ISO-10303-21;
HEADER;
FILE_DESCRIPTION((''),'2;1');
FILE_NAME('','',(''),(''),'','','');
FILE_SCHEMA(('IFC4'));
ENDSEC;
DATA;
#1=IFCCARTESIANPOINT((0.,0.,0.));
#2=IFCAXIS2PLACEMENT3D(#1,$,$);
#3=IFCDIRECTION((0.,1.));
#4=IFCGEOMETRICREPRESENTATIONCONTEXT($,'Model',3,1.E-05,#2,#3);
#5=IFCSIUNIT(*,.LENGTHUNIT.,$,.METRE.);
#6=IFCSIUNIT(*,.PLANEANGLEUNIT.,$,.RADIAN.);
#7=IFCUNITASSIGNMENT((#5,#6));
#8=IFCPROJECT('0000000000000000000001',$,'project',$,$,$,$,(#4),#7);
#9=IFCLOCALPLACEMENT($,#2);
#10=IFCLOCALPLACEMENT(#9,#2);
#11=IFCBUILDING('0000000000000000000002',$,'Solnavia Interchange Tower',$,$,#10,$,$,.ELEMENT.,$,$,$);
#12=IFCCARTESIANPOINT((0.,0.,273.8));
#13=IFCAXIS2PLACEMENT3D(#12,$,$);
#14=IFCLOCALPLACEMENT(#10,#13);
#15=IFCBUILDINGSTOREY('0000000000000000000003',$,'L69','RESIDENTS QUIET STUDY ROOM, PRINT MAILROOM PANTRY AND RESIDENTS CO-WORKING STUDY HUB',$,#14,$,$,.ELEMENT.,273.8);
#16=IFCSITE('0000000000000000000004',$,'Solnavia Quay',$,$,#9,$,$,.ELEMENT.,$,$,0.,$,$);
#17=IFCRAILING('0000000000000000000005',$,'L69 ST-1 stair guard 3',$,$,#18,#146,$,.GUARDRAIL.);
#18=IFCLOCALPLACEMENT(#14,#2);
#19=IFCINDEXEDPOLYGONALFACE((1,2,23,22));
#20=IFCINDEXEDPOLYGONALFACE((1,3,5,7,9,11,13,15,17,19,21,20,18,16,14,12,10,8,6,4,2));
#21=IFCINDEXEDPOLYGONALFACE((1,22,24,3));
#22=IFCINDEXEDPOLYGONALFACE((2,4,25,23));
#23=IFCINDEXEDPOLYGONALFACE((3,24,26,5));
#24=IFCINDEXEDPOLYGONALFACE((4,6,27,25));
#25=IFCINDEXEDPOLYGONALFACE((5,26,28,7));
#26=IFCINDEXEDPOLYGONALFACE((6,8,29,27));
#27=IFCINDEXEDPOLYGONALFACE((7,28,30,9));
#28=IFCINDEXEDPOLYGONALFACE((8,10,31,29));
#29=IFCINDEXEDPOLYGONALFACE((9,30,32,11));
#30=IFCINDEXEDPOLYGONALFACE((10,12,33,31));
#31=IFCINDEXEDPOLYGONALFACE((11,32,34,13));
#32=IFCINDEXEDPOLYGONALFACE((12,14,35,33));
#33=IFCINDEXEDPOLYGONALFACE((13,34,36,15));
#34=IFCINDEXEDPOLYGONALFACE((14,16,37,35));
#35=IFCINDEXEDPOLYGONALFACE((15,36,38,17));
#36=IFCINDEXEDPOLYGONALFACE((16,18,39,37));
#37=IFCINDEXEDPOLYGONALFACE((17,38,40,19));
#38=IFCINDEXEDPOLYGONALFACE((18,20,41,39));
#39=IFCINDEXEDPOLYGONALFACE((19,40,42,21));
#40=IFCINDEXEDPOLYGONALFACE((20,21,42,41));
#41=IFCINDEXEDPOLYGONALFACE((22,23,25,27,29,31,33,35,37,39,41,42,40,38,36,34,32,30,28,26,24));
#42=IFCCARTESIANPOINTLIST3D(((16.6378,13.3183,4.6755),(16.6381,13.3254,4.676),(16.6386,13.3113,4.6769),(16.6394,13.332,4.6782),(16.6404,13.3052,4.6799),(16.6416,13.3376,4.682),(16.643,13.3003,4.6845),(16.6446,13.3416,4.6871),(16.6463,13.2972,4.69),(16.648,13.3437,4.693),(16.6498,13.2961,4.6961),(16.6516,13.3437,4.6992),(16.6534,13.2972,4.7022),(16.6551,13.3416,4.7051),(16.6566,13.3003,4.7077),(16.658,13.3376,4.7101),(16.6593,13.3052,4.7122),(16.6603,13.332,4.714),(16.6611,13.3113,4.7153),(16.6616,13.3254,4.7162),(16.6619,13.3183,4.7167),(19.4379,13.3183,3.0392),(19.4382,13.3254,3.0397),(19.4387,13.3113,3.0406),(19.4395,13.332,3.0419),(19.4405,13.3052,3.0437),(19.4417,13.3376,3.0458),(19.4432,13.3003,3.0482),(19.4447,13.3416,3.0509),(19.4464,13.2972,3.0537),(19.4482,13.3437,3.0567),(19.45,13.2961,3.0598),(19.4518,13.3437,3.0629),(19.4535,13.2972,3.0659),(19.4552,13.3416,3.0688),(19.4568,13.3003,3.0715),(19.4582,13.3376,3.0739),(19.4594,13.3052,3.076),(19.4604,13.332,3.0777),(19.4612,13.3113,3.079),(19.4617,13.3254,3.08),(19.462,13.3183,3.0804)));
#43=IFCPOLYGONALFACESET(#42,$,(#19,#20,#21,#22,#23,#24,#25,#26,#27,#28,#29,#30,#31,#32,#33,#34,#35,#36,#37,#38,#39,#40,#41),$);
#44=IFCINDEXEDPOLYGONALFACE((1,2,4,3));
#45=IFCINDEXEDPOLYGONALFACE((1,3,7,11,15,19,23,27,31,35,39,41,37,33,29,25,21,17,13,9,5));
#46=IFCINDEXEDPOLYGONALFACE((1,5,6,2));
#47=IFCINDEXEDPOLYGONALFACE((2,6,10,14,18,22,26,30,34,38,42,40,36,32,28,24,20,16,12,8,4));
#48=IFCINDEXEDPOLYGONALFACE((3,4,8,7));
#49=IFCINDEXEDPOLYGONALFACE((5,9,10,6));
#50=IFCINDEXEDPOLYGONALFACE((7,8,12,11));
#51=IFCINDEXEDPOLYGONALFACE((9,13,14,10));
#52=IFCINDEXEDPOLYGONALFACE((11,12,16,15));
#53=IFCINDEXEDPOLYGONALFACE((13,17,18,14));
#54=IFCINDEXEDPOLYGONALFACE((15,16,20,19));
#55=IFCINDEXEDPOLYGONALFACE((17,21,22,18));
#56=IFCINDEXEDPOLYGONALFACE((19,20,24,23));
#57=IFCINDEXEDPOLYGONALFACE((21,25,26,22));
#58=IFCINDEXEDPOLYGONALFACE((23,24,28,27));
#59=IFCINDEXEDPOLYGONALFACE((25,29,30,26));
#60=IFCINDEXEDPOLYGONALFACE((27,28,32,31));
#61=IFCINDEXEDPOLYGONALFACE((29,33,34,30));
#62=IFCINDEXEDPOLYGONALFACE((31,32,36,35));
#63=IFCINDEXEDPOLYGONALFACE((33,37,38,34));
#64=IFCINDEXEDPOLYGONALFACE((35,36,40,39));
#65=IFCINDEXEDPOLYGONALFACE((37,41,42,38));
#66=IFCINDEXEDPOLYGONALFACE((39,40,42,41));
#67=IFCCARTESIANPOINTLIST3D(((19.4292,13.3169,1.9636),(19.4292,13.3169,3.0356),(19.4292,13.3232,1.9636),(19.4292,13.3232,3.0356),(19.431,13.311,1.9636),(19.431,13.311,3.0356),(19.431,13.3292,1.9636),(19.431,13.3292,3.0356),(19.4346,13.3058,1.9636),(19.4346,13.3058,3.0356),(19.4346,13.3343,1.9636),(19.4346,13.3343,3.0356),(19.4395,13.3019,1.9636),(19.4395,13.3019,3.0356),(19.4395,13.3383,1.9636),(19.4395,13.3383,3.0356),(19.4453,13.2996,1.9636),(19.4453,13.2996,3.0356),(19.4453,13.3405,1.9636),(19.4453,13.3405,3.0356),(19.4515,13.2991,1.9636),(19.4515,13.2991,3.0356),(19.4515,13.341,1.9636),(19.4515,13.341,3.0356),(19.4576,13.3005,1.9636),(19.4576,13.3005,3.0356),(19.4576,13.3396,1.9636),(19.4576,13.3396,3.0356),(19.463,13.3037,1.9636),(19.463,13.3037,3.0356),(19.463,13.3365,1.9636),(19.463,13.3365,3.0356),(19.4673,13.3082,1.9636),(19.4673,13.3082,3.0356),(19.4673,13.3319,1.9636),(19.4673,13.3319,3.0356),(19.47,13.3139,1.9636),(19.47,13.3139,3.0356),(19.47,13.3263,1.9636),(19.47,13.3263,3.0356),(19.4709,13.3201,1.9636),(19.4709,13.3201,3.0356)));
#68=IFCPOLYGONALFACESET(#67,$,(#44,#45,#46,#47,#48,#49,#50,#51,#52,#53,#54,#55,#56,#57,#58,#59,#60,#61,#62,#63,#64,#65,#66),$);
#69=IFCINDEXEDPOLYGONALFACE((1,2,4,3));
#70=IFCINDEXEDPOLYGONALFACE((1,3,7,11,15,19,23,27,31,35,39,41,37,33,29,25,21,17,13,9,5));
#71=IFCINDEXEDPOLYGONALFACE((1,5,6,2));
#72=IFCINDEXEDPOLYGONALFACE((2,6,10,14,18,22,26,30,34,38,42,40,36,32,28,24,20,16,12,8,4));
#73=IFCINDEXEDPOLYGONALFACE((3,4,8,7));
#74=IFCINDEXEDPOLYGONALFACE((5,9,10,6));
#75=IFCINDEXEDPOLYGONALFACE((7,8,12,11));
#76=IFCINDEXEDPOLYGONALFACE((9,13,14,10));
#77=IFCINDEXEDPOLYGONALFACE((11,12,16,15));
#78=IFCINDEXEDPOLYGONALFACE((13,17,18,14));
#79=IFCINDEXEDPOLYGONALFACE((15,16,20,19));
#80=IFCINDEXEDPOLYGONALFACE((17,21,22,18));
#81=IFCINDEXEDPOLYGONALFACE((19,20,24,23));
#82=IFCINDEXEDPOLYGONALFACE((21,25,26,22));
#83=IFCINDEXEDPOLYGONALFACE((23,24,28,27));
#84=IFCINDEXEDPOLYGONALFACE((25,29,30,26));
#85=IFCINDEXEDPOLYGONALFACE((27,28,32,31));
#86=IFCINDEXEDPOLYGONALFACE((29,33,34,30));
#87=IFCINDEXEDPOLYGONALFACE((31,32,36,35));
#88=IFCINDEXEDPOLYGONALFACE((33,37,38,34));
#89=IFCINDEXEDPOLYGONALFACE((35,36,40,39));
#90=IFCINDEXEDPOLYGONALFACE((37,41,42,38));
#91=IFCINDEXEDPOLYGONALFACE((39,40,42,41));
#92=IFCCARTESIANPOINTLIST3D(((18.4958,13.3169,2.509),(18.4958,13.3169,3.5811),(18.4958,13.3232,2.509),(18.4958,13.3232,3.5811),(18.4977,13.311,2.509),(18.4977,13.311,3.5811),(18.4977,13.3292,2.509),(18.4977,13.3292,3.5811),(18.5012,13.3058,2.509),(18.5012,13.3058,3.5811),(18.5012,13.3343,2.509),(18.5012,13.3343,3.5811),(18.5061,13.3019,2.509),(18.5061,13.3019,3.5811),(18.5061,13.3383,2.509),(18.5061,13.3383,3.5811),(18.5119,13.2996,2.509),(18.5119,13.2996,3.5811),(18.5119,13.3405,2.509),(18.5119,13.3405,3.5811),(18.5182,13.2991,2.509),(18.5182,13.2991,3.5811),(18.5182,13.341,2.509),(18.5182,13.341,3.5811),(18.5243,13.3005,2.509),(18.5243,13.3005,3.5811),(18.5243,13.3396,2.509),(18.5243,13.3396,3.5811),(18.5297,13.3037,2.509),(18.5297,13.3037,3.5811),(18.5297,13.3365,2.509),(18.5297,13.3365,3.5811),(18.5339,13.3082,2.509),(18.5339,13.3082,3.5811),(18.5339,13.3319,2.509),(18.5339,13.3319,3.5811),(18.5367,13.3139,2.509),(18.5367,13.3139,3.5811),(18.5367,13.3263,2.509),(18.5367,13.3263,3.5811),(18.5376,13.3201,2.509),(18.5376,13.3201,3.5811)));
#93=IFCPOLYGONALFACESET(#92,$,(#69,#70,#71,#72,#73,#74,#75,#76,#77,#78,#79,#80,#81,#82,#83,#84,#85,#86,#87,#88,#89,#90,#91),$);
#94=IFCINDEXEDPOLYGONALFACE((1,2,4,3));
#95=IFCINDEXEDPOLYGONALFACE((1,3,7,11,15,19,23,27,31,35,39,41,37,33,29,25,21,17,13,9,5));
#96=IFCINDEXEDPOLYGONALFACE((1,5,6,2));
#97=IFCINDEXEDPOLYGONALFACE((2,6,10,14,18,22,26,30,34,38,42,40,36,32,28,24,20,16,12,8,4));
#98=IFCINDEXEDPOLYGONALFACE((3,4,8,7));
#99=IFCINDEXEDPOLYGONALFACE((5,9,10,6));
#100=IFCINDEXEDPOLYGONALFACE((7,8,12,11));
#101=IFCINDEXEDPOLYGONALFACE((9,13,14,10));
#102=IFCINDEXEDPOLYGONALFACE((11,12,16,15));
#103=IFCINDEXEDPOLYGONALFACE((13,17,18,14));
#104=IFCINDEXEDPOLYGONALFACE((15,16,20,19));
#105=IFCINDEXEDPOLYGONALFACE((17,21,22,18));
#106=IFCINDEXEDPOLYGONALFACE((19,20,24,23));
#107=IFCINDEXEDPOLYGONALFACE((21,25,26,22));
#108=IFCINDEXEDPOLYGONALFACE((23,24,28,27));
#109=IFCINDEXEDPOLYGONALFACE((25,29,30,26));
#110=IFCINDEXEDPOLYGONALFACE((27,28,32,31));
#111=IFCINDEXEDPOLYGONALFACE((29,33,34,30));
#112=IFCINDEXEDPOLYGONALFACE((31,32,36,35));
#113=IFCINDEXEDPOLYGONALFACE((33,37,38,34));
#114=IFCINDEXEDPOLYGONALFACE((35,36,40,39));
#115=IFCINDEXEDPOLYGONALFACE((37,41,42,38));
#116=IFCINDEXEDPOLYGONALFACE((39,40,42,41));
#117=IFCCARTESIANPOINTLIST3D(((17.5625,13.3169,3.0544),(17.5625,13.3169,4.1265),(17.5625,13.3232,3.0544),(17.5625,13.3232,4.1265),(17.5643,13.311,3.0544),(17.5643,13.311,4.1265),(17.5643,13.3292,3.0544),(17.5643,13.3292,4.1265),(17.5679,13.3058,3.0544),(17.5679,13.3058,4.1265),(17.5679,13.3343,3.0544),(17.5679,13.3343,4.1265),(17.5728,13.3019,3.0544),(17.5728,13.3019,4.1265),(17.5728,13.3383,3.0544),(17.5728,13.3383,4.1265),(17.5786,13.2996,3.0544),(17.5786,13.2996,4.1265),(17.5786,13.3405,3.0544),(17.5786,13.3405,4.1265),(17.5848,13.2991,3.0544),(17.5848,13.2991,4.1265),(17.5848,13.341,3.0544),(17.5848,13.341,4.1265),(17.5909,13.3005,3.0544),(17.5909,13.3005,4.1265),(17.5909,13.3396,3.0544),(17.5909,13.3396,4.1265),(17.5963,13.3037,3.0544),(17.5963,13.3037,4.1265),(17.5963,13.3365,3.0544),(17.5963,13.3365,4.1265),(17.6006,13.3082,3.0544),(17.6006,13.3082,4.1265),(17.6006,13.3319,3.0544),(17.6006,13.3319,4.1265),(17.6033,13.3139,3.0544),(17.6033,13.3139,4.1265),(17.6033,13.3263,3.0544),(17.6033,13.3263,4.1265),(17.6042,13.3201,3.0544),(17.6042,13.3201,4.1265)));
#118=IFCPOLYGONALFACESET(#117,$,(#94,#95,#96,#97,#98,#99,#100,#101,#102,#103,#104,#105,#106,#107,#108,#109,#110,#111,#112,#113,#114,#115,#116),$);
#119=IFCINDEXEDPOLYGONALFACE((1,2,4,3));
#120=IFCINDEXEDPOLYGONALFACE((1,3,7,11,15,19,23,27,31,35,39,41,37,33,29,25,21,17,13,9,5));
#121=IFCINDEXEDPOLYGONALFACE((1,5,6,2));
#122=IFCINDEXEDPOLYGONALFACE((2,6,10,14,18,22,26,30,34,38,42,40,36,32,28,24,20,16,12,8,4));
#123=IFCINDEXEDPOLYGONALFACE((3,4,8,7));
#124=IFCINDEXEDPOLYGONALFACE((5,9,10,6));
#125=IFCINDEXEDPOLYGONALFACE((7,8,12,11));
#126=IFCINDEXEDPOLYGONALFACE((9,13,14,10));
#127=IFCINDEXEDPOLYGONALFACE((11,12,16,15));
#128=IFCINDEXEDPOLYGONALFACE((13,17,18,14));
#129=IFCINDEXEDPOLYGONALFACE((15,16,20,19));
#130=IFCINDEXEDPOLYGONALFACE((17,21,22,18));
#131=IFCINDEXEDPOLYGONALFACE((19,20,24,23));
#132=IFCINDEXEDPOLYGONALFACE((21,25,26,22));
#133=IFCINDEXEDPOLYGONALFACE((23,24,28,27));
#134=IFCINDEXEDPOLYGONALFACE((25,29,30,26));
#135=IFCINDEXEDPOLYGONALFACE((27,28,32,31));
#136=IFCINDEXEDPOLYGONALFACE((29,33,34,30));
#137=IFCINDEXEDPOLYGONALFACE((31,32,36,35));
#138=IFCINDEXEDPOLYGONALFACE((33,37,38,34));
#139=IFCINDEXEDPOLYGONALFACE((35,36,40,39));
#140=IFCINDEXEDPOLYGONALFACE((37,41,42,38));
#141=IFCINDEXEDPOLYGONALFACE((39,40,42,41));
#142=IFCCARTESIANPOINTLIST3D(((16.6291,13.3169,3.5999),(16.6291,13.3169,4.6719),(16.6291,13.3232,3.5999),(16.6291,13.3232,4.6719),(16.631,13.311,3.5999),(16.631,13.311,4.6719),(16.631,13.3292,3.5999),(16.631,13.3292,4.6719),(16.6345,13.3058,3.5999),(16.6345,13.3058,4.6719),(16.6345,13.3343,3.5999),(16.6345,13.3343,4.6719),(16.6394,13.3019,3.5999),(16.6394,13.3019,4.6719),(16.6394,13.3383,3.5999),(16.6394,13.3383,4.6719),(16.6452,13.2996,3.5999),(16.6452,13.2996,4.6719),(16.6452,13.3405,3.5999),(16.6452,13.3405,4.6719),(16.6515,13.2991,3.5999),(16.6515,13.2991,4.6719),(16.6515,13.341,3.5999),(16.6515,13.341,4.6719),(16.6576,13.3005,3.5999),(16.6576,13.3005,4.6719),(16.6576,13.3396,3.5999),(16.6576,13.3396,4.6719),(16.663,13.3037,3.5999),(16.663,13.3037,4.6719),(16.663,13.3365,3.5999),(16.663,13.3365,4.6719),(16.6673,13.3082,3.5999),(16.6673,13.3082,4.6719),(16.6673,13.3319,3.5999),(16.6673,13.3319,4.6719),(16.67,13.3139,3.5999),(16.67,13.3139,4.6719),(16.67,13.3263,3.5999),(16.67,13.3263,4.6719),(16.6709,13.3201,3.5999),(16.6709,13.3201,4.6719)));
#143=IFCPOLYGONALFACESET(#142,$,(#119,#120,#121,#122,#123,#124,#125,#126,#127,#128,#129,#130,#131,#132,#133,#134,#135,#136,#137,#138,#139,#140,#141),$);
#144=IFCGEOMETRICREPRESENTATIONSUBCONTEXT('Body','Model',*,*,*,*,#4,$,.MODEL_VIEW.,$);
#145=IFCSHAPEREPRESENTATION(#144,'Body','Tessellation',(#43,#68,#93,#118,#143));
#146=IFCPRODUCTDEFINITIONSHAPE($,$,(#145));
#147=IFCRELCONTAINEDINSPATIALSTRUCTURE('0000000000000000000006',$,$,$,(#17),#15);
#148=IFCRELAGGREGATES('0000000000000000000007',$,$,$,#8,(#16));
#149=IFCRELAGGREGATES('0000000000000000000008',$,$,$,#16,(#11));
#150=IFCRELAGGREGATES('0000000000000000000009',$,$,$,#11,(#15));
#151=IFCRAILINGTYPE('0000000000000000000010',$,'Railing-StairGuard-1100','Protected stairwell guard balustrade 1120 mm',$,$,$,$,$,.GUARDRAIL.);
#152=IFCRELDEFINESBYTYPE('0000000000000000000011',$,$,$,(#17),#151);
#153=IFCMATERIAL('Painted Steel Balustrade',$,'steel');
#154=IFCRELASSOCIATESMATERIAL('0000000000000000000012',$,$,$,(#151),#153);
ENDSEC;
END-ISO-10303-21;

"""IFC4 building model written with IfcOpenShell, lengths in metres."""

from ifc_helpers import new_model, si_unit, direction, frame, origin, origin_2d, place, context, subcontext, project, spatial, circle, extrude, material, type_object, element, save


model = new_model("IFC4")

# Units and contexts
model_context = context("Model", 3, precision=1e-05, world=origin(), true_north=direction((0.0, 1.0)))
body_context = subcontext(model_context, "Body", "Model", "MODEL_VIEW")
ifc_project = project(units=[si_unit("LENGTHUNIT", "METRE"), si_unit("PLANEANGLEUNIT", "RADIAN")], contexts=[model_context])

# Site, building, storey
site_placement = place(None, origin())
site = spatial("IfcSite", under=ifc_project, at=site_placement, Name="Solnavia Quay", CompositionType="ELEMENT", RefElevation=0.0)
building_placement = place(site_placement, origin())
building = spatial("IfcBuilding", under=site, at=building_placement, Name="Solnavia Interchange Tower", CompositionType="ELEMENT")
storey_placement = place(building_placement, frame((0.0, 0.0, 273.8)))
storey = spatial("IfcBuildingStorey", under=building, at=storey_placement, Name="L69", Description="RESIDENTS QUIET STUDY ROOM, PRINT MAILROOM PANTRY AND RESIDENTS CO-WORKING STUDY HUB", CompositionType="ELEMENT", Elevation=273.8)

# Railing
ifc_material_1 = material(Name="Painted Steel Balustrade", Category="steel")
railing_type_1 = type_object("IfcRailingType", Name="Railing-StairGuard-1100", Description="Protected stairwell guard balustrade 1120 mm", PredefinedType="GUARDRAIL", material=ifc_material_1)
railing_1_placement = place(storey_placement, frame((19.45, 13.3201, 1.9636)))
element("IfcRailing", 1, at=railing_1_placement, inside=storey, type_object=railing_type_1, Name="L69 ST-1 stair guard 3", PredefinedType="GUARDRAIL", context=body_context, shape_type="SweptSolid", body=[
    extrude(circle(Radius=0.0239, at=origin_2d()), frame((0.0, 0.0, 1.0962), z_axis=(-0.863394, 0.0, 0.504531), x_axis=(0.0, -1.0, 0.0)), (0.0, 0.0, 1.0), 3.2432),
    extrude(circle(Radius=0.021, at=origin_2d()), origin(), (0.0, 0.0, 1.0), 1.072),
    extrude(circle(Radius=0.021, at=origin_2d()), frame((-0.9333, 0.0, 0.5454)), (0.0, 0.0, 1.0), 1.072),
    extrude(circle(Radius=0.021, at=origin_2d()), frame((-1.8667, 0.0, 1.0908)), (0.0, 0.0, 1.0), 1.072),
    extrude(circle(Radius=0.021, at=origin_2d()), frame((-2.8, 0.0, 1.6362)), (0.0, 0.0, 1.0), 1.072),
])

save(model, "model.ifc")
